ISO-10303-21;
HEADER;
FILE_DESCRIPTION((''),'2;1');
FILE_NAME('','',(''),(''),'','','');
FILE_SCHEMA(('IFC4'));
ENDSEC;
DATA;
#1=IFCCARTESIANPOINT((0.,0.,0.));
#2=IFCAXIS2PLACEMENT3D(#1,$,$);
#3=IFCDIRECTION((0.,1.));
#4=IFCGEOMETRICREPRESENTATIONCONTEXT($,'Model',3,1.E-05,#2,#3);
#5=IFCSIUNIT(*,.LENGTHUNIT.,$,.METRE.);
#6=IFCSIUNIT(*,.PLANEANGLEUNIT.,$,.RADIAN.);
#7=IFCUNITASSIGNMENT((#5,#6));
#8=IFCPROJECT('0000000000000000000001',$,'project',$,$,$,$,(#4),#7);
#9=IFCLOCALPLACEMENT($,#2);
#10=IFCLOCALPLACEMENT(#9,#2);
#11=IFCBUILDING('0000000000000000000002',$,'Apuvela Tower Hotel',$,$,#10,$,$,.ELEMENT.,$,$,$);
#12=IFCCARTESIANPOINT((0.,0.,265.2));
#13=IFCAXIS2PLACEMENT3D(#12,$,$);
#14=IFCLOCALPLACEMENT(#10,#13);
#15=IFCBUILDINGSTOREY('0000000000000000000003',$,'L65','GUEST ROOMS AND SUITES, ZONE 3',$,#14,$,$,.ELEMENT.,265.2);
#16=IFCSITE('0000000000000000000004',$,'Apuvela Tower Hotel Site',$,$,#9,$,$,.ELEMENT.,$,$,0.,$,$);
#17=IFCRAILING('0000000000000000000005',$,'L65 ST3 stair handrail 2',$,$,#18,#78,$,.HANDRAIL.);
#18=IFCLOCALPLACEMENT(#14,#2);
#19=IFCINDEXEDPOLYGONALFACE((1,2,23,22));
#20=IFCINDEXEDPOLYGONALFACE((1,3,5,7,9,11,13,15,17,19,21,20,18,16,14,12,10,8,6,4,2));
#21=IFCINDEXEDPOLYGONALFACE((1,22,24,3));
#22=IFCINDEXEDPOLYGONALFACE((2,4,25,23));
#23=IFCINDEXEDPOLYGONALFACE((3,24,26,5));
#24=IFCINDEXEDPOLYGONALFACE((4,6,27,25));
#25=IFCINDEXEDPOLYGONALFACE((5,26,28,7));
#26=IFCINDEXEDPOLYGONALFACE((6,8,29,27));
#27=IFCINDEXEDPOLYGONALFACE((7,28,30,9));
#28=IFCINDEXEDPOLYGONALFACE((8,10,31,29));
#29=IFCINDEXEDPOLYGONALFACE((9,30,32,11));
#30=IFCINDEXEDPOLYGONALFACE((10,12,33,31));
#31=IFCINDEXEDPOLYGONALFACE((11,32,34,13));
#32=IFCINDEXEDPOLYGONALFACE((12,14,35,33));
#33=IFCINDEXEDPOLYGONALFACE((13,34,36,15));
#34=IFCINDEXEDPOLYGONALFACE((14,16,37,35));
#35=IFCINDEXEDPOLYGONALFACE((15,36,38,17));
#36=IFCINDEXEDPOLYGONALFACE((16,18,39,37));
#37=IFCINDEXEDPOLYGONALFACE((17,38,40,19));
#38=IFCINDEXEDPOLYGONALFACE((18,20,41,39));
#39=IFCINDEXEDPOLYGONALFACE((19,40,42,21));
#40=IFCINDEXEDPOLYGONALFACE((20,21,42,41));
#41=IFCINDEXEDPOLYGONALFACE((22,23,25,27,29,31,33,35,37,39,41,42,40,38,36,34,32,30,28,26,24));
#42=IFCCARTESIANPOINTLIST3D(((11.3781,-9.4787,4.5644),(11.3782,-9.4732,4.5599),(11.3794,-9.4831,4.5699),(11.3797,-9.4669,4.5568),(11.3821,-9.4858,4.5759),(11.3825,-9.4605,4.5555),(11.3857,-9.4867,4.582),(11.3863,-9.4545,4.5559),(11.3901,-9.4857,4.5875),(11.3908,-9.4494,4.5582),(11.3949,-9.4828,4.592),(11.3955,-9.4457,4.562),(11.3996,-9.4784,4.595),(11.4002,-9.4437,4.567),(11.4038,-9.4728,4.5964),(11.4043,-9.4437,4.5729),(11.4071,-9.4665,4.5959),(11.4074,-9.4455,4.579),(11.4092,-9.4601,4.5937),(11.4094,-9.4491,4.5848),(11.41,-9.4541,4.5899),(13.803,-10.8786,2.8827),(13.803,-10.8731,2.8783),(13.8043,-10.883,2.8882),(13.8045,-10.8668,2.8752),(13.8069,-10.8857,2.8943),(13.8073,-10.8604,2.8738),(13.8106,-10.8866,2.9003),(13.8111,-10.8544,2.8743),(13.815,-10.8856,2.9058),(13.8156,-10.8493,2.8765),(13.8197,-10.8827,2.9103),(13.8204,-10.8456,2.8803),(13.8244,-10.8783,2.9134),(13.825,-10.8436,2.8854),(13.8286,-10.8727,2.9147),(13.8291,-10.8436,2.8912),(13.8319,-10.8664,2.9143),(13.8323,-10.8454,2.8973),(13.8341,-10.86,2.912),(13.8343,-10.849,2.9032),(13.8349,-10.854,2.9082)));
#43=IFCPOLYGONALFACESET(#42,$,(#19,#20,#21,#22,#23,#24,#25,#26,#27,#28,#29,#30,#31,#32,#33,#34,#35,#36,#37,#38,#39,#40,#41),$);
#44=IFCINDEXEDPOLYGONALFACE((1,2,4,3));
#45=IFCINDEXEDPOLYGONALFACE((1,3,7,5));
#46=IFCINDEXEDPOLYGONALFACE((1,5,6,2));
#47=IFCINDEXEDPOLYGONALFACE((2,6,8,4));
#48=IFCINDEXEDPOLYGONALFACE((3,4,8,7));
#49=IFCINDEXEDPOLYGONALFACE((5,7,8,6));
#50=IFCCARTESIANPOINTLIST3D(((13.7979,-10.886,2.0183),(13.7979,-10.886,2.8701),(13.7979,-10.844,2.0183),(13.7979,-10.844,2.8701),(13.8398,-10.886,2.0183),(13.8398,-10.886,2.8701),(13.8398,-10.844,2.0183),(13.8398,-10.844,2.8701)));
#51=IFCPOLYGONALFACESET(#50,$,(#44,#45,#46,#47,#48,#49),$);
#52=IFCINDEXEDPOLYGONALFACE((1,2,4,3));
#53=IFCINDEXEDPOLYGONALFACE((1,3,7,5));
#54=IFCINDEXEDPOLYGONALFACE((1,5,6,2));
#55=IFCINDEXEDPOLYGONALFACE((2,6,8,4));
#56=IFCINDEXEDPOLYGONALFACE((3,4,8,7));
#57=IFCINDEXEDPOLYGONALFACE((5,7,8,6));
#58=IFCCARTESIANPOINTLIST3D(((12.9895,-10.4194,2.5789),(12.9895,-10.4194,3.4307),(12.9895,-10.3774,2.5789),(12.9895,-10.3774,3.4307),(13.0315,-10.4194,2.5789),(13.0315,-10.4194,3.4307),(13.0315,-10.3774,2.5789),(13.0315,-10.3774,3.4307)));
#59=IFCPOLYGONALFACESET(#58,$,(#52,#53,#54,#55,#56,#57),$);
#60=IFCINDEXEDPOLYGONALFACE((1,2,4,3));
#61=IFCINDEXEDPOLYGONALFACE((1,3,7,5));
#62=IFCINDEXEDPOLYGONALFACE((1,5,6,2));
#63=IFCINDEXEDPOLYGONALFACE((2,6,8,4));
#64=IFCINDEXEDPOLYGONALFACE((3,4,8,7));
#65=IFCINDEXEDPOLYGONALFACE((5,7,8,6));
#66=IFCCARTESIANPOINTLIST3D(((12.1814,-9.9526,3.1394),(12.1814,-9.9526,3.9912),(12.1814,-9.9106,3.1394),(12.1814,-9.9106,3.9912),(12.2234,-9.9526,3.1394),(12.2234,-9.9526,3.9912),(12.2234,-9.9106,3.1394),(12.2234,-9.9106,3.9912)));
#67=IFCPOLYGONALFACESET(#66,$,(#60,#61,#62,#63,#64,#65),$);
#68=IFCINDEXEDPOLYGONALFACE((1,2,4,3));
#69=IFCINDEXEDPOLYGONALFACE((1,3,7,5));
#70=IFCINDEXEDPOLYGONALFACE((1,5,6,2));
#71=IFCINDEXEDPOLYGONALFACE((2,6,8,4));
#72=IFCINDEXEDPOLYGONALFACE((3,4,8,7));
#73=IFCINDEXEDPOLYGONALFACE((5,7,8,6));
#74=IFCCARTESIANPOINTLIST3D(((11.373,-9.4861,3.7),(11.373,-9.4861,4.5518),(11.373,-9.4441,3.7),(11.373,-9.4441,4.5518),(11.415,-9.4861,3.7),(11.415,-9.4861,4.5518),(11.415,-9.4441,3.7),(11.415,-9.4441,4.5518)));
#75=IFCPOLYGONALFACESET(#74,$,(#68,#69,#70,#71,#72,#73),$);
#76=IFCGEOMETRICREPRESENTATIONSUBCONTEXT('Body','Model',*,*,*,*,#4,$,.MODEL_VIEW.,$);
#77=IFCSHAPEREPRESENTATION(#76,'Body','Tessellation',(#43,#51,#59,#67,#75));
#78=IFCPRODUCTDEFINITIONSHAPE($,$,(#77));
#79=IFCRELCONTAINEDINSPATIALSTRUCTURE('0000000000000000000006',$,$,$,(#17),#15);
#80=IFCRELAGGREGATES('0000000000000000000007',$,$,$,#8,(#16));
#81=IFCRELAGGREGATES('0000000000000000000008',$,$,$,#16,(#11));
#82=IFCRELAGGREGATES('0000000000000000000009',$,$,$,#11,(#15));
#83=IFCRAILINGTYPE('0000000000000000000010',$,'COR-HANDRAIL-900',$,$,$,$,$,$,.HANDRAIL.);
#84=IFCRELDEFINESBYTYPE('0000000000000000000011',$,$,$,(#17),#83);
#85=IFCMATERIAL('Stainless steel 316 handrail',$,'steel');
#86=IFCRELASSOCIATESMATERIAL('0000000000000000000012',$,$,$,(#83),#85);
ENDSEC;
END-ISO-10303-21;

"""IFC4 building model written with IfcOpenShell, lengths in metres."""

from ifc_helpers import new_model, si_unit, direction, frame, origin, origin_2d, place, context, subcontext, project, spatial, rectangle, circle, extrude, material, type_object, element, save


model = new_model("IFC4")

# Units and contexts
model_context = context("Model", 3, precision=1e-05, world=origin(), true_north=direction((0.0, 1.0)))
body_context = subcontext(model_context, "Body", "Model", "MODEL_VIEW")
ifc_project = project(units=[si_unit("LENGTHUNIT", "METRE"), si_unit("PLANEANGLEUNIT", "RADIAN")], contexts=[model_context])

# Site, building, storey
site_placement = place(None, origin())
site = spatial("IfcSite", under=ifc_project, at=site_placement, Name="Apuvela Tower Hotel Site", CompositionType="ELEMENT", RefElevation=0.0)
building_placement = place(site_placement, origin())
building = spatial("IfcBuilding", under=site, at=building_placement, Name="Apuvela Tower Hotel", CompositionType="ELEMENT")
storey_placement = place(building_placement, frame((0.0, 0.0, 265.2)))
storey = spatial("IfcBuildingStorey", under=building, at=storey_placement, Name="L65", Description="GUEST ROOMS AND SUITES, ZONE 3", CompositionType="ELEMENT", Elevation=265.2)

# Railing
ifc_material_1 = material(Name="Stainless steel 316 handrail", Category="steel")
railing_type_1 = type_object("IfcRailingType", Name="COR-HANDRAIL-900", PredefinedType="HANDRAIL", material=ifc_material_1)
railing_1_placement = place(storey_placement, frame((13.8188, -10.865, 2.0183)))
element("IfcRailing", 1, at=railing_1_placement, inside=storey, type_object=railing_type_1, Name="L65 ST3 stair handrail 2", PredefinedType="HANDRAIL", context=body_context, shape_type="SweptSolid", body=[
    extrude(circle(Radius=0.0239, at=origin_2d()), frame((0.0, 0.0, 0.876), z_axis=(-0.742419, 0.428618, 0.514879), x_axis=(-0.499984, -0.866035, 0.0)), (0.0, 0.0, 1.0), 3.2661),
    extrude(rectangle(XDim=0.042, YDim=0.042, at=origin_2d()), origin(), (0.0, 0.0, 1.0), 0.8518),
    extrude(rectangle(XDim=0.042, YDim=0.042, at=origin_2d()), frame((-0.8083, 0.4666, 0.5605)), (0.0, 0.0, 1.0), 0.8518),
    extrude(rectangle(XDim=0.042, YDim=0.042, at=origin_2d()), frame((-1.6165, 0.9333, 1.1211)), (0.0, 0.0, 1.0), 0.8518),
    extrude(rectangle(XDim=0.042, YDim=0.042, at=origin_2d()), frame((-2.4248, 1.3999, 1.6816)), (0.0, 0.0, 1.0), 0.8518),
])

save(model, "model.ifc")
